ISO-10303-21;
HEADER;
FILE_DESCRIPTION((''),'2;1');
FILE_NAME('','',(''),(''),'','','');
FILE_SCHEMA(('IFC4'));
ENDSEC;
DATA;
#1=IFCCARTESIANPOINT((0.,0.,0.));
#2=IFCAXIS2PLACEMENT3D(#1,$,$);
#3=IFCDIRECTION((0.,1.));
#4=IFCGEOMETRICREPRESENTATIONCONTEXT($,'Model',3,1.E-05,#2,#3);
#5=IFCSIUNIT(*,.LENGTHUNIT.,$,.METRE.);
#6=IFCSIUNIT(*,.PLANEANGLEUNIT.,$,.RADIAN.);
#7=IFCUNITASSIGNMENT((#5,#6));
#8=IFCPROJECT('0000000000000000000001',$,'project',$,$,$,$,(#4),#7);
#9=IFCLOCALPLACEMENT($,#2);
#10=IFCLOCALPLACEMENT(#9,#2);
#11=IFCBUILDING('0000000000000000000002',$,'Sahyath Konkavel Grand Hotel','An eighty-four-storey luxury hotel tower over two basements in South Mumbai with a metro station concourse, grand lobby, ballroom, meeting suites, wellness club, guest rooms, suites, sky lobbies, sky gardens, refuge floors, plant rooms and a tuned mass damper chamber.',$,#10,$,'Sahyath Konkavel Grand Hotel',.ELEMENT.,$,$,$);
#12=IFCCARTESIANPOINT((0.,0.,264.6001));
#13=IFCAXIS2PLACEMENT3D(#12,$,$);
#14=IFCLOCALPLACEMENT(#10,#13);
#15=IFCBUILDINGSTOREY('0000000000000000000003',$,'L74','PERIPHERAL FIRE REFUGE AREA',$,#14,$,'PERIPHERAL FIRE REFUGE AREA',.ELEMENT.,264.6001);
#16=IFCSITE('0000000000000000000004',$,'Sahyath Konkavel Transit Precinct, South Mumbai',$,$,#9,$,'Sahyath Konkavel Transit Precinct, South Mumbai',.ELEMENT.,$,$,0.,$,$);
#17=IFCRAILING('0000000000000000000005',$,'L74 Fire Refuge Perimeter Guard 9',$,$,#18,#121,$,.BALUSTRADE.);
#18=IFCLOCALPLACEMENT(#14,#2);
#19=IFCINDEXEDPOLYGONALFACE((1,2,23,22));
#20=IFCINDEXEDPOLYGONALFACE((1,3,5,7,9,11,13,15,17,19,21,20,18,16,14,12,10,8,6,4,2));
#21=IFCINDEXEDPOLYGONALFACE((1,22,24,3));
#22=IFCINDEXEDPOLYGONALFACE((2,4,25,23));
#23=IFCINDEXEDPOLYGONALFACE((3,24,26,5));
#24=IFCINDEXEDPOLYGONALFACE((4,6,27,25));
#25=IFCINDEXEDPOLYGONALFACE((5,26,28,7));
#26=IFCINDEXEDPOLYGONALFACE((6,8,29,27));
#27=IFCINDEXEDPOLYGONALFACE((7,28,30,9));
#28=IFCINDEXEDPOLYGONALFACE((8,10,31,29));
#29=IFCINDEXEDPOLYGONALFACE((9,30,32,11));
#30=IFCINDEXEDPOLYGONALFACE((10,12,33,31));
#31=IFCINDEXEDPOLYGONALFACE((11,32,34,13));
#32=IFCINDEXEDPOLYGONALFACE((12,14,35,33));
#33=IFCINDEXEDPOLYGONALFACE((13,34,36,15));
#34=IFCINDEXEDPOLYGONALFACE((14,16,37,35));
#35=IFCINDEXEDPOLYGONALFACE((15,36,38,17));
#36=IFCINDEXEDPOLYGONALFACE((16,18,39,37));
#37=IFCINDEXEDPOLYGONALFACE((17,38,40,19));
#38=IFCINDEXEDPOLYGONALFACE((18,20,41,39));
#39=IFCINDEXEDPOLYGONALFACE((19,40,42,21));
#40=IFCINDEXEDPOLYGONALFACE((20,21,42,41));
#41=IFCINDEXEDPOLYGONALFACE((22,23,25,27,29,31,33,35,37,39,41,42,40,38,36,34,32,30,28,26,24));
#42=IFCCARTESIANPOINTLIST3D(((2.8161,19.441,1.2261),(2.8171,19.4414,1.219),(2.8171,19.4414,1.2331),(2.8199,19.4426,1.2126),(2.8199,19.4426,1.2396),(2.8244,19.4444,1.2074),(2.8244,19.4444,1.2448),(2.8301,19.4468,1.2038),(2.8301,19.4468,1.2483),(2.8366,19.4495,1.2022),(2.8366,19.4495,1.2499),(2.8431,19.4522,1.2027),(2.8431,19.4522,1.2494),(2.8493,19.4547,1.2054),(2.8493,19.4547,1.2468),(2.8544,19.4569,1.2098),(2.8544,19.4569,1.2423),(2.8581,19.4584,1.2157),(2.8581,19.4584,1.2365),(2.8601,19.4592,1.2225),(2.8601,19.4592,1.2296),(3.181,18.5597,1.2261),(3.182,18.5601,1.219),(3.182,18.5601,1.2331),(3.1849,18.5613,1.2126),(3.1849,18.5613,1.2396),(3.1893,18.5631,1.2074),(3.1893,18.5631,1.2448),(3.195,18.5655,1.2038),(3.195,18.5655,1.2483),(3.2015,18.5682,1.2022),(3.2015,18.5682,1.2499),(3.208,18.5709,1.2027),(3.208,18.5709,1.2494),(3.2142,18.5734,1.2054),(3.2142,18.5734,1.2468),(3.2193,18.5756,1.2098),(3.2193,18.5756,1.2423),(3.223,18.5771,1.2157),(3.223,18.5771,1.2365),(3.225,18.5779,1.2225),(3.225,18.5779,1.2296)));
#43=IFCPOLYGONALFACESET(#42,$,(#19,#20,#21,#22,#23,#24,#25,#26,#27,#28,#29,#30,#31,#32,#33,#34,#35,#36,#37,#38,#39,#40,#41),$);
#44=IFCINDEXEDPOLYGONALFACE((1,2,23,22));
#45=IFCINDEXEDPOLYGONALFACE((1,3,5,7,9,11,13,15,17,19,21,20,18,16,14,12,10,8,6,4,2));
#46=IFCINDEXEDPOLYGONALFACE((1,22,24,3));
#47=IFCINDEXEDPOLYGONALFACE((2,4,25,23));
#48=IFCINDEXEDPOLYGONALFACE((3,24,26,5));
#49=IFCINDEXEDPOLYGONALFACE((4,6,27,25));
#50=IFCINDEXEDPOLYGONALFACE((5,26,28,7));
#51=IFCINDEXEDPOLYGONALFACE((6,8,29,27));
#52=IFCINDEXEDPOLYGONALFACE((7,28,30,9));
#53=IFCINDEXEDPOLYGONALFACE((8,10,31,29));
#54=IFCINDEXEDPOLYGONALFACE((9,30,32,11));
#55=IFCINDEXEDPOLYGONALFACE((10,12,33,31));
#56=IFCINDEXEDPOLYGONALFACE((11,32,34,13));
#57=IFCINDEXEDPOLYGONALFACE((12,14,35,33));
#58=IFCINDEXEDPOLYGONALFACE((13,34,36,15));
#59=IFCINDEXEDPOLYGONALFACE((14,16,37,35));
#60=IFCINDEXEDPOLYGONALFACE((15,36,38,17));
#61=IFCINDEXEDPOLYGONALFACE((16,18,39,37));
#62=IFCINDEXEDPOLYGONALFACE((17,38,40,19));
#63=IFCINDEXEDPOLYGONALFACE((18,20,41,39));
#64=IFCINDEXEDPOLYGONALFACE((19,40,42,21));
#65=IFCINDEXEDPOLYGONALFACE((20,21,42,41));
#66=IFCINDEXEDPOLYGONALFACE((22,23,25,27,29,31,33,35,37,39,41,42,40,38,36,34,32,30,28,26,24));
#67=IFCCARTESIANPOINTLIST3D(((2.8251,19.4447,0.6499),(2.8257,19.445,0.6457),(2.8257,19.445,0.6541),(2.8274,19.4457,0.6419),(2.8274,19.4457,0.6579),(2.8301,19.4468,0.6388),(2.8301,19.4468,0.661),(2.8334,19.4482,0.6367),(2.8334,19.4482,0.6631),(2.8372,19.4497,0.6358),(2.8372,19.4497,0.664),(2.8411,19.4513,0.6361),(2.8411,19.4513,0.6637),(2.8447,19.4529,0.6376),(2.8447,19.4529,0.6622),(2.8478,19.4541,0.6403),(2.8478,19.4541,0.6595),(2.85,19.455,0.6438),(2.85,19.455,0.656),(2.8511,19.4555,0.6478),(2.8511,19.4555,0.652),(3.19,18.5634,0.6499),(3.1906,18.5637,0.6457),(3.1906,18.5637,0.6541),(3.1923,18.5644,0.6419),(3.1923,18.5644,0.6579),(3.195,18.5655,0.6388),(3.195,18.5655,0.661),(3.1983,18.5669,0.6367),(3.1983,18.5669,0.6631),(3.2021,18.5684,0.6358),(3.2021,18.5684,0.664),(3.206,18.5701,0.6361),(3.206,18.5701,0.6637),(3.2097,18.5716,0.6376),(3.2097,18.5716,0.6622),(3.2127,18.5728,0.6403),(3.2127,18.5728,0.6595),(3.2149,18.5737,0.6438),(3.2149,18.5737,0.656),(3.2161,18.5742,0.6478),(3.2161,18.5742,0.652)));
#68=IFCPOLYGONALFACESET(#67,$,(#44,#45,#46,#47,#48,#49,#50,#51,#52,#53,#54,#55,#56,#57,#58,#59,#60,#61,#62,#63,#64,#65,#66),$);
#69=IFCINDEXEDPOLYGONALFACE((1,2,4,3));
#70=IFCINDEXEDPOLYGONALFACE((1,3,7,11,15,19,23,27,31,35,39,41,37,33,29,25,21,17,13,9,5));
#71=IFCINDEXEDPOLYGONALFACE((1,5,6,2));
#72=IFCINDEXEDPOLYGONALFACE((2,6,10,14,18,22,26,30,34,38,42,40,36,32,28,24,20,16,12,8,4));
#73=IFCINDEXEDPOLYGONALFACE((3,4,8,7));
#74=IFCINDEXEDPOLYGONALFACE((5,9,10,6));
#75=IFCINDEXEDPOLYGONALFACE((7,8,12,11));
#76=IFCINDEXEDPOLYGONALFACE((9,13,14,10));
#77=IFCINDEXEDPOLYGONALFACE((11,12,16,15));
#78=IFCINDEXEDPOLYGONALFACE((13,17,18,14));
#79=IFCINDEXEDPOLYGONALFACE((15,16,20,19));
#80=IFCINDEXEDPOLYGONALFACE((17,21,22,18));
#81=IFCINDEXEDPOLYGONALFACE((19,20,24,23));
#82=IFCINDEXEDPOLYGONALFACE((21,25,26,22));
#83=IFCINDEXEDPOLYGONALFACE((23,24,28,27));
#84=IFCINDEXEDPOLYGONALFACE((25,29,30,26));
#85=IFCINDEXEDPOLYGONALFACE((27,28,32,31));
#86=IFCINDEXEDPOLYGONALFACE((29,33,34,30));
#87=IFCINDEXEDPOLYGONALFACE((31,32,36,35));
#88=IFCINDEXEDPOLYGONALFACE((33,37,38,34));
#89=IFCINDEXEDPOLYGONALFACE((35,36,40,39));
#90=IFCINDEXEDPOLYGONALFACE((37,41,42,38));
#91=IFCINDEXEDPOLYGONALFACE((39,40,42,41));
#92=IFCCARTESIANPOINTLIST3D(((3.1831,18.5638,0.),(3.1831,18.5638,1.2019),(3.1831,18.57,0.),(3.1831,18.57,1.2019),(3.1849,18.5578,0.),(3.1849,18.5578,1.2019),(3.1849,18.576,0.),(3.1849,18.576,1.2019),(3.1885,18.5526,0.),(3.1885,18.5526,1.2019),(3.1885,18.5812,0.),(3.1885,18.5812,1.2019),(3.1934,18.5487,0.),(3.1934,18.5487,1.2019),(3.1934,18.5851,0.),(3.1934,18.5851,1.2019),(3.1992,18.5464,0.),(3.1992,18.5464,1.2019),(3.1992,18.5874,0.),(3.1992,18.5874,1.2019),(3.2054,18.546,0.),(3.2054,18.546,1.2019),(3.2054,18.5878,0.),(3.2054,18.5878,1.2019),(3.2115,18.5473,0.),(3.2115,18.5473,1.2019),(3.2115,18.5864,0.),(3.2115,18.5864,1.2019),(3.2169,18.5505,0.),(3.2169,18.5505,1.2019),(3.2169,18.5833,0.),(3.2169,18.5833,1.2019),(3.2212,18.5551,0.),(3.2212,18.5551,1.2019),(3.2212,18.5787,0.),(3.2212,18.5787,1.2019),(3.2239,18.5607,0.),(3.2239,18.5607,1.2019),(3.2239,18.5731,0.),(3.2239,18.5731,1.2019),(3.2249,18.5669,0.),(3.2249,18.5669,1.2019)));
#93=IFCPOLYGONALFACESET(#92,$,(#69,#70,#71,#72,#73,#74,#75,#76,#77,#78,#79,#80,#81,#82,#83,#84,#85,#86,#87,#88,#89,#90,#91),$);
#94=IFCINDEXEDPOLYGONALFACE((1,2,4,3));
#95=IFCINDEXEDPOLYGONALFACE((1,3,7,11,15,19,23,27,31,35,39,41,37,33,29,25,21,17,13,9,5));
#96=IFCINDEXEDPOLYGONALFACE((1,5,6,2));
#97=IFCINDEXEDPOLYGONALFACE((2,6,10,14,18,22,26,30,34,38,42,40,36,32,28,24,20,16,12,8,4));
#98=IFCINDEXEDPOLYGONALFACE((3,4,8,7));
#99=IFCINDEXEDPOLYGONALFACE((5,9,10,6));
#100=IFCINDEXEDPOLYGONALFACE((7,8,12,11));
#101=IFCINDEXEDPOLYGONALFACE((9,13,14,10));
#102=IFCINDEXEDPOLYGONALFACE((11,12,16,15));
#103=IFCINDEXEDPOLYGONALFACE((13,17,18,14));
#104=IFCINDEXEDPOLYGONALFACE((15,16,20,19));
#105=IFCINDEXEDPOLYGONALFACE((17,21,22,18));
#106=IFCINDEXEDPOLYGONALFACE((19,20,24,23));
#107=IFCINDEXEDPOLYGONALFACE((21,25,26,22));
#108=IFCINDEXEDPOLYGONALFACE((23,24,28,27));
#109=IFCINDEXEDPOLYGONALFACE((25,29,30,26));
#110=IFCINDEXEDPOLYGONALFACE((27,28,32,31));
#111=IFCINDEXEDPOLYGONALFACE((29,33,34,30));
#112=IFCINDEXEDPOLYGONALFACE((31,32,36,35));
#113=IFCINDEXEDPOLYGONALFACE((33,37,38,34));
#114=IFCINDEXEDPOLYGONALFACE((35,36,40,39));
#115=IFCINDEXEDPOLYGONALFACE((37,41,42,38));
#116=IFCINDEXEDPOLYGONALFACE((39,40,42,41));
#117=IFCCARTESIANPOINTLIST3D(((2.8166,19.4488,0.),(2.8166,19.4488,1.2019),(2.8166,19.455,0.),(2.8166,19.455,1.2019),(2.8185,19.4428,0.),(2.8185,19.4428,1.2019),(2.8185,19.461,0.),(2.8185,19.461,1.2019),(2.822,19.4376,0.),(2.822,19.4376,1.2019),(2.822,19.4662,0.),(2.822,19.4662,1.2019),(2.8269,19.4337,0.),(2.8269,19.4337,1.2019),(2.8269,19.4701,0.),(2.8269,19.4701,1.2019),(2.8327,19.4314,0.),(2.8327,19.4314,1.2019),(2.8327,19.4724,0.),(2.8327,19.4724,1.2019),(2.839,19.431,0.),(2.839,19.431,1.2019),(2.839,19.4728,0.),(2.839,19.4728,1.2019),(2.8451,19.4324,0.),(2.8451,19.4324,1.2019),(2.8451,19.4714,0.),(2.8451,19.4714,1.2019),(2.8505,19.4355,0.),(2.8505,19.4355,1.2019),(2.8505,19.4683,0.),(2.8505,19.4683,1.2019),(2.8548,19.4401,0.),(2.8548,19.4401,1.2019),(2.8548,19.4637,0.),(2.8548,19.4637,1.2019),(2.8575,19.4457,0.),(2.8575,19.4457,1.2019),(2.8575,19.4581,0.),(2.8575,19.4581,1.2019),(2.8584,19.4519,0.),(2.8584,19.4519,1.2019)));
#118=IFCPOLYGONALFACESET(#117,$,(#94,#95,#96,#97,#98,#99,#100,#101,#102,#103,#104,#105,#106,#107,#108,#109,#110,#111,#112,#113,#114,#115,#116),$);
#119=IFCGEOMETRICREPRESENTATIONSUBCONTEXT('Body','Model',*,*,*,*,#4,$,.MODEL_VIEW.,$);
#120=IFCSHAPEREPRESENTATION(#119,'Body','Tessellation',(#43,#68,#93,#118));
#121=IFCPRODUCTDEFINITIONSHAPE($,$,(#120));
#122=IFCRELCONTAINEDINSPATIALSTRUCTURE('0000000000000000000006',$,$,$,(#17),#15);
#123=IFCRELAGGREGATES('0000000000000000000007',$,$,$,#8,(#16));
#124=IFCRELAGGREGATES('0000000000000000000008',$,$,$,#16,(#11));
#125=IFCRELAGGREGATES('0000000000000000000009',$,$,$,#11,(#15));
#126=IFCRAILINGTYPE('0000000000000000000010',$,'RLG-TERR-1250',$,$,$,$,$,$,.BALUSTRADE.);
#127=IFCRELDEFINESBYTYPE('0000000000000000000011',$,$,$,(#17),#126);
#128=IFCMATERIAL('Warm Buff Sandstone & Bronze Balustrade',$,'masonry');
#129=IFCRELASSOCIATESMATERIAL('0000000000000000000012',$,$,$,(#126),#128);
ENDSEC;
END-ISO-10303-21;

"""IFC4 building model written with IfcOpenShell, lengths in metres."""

from ifc_helpers import new_model, si_unit, direction, frame, origin, origin_2d, place, context, subcontext, project, spatial, circle, extrude, material, type_object, element, save


model = new_model("IFC4")

# Units and contexts
model_context = context("Model", 3, precision=1e-05, world=origin(), true_north=direction((0.0, 1.0)))
body_context = subcontext(model_context, "Body", "Model", "MODEL_VIEW")
ifc_project = project(units=[si_unit("LENGTHUNIT", "METRE"), si_unit("PLANEANGLEUNIT", "RADIAN")], contexts=[model_context])

# Site, building, storey
site_placement = place(None, origin())
site = spatial("IfcSite", under=ifc_project, at=site_placement, Name="Sahyath Konkavel Transit Precinct, South Mumbai", LongName="Sahyath Konkavel Transit Precinct, South Mumbai", CompositionType="ELEMENT", RefElevation=0.0)
building_placement = place(site_placement, origin())
building = spatial("IfcBuilding", under=site, at=building_placement, Name="Sahyath Konkavel Grand Hotel", Description="An eighty-four-storey luxury hotel tower over two basements in South Mumbai with a metro station concourse, grand lobby, ballroom, meeting suites, wellness club, guest rooms, suites, sky lobbies, sky gardens, refuge floors, plant rooms and a tuned mass damper chamber.", LongName="Sahyath Konkavel Grand Hotel", CompositionType="ELEMENT")
storey_placement = place(building_placement, frame((0.0, 0.0, 264.6001)))
storey = spatial("IfcBuildingStorey", under=building, at=storey_placement, Name="L74", Description="PERIPHERAL FIRE REFUGE AREA", LongName="PERIPHERAL FIRE REFUGE AREA", CompositionType="ELEMENT", Elevation=264.6001)

# Railing
ifc_material_1 = material(Name="Warm Buff Sandstone & Bronze Balustrade", Category="masonry")
railing_type = type_object("IfcRailingType", Name="RLG-TERR-1250", PredefinedType="BALUSTRADE", material=ifc_material_1)
railing_1_placement = place(storey_placement, frame((3.2039, 18.5669, 0.0)))
element("IfcRailing", 1, at=railing_1_placement, inside=storey, type_object=railing_type, Name="L74 Fire Refuge Perimeter Guard 9", PredefinedType="BALUSTRADE", context=body_context, shape_type="SweptSolid", body=[
    extrude(circle(Radius=0.0239, at=origin_2d()), frame((-0.0007, 0.002, 1.2261), z_axis=(-0.382569, 0.923927, 0.0), x_axis=(-0.923927, -0.382569, 0.0)), (0.0, 0.0, 1.0), 0.9539),
    extrude(circle(Radius=0.0142, at=origin_2d()), frame((-0.0007, 0.002, 0.6499), z_axis=(-0.382569, 0.923927, 0.0), x_axis=(-0.923927, -0.382569, 0.0)), (0.0, 0.0, 1.0), 0.9539),
    extrude(circle(Radius=0.021, at=origin_2d()), origin(), (0.0, 0.0, 1.0), 1.2019),
    extrude(circle(Radius=0.021, at=origin_2d()), frame((-0.3665, 0.885, 0.0)), (0.0, 0.0, 1.0), 1.2019),
])

save(model, "model.ifc")
